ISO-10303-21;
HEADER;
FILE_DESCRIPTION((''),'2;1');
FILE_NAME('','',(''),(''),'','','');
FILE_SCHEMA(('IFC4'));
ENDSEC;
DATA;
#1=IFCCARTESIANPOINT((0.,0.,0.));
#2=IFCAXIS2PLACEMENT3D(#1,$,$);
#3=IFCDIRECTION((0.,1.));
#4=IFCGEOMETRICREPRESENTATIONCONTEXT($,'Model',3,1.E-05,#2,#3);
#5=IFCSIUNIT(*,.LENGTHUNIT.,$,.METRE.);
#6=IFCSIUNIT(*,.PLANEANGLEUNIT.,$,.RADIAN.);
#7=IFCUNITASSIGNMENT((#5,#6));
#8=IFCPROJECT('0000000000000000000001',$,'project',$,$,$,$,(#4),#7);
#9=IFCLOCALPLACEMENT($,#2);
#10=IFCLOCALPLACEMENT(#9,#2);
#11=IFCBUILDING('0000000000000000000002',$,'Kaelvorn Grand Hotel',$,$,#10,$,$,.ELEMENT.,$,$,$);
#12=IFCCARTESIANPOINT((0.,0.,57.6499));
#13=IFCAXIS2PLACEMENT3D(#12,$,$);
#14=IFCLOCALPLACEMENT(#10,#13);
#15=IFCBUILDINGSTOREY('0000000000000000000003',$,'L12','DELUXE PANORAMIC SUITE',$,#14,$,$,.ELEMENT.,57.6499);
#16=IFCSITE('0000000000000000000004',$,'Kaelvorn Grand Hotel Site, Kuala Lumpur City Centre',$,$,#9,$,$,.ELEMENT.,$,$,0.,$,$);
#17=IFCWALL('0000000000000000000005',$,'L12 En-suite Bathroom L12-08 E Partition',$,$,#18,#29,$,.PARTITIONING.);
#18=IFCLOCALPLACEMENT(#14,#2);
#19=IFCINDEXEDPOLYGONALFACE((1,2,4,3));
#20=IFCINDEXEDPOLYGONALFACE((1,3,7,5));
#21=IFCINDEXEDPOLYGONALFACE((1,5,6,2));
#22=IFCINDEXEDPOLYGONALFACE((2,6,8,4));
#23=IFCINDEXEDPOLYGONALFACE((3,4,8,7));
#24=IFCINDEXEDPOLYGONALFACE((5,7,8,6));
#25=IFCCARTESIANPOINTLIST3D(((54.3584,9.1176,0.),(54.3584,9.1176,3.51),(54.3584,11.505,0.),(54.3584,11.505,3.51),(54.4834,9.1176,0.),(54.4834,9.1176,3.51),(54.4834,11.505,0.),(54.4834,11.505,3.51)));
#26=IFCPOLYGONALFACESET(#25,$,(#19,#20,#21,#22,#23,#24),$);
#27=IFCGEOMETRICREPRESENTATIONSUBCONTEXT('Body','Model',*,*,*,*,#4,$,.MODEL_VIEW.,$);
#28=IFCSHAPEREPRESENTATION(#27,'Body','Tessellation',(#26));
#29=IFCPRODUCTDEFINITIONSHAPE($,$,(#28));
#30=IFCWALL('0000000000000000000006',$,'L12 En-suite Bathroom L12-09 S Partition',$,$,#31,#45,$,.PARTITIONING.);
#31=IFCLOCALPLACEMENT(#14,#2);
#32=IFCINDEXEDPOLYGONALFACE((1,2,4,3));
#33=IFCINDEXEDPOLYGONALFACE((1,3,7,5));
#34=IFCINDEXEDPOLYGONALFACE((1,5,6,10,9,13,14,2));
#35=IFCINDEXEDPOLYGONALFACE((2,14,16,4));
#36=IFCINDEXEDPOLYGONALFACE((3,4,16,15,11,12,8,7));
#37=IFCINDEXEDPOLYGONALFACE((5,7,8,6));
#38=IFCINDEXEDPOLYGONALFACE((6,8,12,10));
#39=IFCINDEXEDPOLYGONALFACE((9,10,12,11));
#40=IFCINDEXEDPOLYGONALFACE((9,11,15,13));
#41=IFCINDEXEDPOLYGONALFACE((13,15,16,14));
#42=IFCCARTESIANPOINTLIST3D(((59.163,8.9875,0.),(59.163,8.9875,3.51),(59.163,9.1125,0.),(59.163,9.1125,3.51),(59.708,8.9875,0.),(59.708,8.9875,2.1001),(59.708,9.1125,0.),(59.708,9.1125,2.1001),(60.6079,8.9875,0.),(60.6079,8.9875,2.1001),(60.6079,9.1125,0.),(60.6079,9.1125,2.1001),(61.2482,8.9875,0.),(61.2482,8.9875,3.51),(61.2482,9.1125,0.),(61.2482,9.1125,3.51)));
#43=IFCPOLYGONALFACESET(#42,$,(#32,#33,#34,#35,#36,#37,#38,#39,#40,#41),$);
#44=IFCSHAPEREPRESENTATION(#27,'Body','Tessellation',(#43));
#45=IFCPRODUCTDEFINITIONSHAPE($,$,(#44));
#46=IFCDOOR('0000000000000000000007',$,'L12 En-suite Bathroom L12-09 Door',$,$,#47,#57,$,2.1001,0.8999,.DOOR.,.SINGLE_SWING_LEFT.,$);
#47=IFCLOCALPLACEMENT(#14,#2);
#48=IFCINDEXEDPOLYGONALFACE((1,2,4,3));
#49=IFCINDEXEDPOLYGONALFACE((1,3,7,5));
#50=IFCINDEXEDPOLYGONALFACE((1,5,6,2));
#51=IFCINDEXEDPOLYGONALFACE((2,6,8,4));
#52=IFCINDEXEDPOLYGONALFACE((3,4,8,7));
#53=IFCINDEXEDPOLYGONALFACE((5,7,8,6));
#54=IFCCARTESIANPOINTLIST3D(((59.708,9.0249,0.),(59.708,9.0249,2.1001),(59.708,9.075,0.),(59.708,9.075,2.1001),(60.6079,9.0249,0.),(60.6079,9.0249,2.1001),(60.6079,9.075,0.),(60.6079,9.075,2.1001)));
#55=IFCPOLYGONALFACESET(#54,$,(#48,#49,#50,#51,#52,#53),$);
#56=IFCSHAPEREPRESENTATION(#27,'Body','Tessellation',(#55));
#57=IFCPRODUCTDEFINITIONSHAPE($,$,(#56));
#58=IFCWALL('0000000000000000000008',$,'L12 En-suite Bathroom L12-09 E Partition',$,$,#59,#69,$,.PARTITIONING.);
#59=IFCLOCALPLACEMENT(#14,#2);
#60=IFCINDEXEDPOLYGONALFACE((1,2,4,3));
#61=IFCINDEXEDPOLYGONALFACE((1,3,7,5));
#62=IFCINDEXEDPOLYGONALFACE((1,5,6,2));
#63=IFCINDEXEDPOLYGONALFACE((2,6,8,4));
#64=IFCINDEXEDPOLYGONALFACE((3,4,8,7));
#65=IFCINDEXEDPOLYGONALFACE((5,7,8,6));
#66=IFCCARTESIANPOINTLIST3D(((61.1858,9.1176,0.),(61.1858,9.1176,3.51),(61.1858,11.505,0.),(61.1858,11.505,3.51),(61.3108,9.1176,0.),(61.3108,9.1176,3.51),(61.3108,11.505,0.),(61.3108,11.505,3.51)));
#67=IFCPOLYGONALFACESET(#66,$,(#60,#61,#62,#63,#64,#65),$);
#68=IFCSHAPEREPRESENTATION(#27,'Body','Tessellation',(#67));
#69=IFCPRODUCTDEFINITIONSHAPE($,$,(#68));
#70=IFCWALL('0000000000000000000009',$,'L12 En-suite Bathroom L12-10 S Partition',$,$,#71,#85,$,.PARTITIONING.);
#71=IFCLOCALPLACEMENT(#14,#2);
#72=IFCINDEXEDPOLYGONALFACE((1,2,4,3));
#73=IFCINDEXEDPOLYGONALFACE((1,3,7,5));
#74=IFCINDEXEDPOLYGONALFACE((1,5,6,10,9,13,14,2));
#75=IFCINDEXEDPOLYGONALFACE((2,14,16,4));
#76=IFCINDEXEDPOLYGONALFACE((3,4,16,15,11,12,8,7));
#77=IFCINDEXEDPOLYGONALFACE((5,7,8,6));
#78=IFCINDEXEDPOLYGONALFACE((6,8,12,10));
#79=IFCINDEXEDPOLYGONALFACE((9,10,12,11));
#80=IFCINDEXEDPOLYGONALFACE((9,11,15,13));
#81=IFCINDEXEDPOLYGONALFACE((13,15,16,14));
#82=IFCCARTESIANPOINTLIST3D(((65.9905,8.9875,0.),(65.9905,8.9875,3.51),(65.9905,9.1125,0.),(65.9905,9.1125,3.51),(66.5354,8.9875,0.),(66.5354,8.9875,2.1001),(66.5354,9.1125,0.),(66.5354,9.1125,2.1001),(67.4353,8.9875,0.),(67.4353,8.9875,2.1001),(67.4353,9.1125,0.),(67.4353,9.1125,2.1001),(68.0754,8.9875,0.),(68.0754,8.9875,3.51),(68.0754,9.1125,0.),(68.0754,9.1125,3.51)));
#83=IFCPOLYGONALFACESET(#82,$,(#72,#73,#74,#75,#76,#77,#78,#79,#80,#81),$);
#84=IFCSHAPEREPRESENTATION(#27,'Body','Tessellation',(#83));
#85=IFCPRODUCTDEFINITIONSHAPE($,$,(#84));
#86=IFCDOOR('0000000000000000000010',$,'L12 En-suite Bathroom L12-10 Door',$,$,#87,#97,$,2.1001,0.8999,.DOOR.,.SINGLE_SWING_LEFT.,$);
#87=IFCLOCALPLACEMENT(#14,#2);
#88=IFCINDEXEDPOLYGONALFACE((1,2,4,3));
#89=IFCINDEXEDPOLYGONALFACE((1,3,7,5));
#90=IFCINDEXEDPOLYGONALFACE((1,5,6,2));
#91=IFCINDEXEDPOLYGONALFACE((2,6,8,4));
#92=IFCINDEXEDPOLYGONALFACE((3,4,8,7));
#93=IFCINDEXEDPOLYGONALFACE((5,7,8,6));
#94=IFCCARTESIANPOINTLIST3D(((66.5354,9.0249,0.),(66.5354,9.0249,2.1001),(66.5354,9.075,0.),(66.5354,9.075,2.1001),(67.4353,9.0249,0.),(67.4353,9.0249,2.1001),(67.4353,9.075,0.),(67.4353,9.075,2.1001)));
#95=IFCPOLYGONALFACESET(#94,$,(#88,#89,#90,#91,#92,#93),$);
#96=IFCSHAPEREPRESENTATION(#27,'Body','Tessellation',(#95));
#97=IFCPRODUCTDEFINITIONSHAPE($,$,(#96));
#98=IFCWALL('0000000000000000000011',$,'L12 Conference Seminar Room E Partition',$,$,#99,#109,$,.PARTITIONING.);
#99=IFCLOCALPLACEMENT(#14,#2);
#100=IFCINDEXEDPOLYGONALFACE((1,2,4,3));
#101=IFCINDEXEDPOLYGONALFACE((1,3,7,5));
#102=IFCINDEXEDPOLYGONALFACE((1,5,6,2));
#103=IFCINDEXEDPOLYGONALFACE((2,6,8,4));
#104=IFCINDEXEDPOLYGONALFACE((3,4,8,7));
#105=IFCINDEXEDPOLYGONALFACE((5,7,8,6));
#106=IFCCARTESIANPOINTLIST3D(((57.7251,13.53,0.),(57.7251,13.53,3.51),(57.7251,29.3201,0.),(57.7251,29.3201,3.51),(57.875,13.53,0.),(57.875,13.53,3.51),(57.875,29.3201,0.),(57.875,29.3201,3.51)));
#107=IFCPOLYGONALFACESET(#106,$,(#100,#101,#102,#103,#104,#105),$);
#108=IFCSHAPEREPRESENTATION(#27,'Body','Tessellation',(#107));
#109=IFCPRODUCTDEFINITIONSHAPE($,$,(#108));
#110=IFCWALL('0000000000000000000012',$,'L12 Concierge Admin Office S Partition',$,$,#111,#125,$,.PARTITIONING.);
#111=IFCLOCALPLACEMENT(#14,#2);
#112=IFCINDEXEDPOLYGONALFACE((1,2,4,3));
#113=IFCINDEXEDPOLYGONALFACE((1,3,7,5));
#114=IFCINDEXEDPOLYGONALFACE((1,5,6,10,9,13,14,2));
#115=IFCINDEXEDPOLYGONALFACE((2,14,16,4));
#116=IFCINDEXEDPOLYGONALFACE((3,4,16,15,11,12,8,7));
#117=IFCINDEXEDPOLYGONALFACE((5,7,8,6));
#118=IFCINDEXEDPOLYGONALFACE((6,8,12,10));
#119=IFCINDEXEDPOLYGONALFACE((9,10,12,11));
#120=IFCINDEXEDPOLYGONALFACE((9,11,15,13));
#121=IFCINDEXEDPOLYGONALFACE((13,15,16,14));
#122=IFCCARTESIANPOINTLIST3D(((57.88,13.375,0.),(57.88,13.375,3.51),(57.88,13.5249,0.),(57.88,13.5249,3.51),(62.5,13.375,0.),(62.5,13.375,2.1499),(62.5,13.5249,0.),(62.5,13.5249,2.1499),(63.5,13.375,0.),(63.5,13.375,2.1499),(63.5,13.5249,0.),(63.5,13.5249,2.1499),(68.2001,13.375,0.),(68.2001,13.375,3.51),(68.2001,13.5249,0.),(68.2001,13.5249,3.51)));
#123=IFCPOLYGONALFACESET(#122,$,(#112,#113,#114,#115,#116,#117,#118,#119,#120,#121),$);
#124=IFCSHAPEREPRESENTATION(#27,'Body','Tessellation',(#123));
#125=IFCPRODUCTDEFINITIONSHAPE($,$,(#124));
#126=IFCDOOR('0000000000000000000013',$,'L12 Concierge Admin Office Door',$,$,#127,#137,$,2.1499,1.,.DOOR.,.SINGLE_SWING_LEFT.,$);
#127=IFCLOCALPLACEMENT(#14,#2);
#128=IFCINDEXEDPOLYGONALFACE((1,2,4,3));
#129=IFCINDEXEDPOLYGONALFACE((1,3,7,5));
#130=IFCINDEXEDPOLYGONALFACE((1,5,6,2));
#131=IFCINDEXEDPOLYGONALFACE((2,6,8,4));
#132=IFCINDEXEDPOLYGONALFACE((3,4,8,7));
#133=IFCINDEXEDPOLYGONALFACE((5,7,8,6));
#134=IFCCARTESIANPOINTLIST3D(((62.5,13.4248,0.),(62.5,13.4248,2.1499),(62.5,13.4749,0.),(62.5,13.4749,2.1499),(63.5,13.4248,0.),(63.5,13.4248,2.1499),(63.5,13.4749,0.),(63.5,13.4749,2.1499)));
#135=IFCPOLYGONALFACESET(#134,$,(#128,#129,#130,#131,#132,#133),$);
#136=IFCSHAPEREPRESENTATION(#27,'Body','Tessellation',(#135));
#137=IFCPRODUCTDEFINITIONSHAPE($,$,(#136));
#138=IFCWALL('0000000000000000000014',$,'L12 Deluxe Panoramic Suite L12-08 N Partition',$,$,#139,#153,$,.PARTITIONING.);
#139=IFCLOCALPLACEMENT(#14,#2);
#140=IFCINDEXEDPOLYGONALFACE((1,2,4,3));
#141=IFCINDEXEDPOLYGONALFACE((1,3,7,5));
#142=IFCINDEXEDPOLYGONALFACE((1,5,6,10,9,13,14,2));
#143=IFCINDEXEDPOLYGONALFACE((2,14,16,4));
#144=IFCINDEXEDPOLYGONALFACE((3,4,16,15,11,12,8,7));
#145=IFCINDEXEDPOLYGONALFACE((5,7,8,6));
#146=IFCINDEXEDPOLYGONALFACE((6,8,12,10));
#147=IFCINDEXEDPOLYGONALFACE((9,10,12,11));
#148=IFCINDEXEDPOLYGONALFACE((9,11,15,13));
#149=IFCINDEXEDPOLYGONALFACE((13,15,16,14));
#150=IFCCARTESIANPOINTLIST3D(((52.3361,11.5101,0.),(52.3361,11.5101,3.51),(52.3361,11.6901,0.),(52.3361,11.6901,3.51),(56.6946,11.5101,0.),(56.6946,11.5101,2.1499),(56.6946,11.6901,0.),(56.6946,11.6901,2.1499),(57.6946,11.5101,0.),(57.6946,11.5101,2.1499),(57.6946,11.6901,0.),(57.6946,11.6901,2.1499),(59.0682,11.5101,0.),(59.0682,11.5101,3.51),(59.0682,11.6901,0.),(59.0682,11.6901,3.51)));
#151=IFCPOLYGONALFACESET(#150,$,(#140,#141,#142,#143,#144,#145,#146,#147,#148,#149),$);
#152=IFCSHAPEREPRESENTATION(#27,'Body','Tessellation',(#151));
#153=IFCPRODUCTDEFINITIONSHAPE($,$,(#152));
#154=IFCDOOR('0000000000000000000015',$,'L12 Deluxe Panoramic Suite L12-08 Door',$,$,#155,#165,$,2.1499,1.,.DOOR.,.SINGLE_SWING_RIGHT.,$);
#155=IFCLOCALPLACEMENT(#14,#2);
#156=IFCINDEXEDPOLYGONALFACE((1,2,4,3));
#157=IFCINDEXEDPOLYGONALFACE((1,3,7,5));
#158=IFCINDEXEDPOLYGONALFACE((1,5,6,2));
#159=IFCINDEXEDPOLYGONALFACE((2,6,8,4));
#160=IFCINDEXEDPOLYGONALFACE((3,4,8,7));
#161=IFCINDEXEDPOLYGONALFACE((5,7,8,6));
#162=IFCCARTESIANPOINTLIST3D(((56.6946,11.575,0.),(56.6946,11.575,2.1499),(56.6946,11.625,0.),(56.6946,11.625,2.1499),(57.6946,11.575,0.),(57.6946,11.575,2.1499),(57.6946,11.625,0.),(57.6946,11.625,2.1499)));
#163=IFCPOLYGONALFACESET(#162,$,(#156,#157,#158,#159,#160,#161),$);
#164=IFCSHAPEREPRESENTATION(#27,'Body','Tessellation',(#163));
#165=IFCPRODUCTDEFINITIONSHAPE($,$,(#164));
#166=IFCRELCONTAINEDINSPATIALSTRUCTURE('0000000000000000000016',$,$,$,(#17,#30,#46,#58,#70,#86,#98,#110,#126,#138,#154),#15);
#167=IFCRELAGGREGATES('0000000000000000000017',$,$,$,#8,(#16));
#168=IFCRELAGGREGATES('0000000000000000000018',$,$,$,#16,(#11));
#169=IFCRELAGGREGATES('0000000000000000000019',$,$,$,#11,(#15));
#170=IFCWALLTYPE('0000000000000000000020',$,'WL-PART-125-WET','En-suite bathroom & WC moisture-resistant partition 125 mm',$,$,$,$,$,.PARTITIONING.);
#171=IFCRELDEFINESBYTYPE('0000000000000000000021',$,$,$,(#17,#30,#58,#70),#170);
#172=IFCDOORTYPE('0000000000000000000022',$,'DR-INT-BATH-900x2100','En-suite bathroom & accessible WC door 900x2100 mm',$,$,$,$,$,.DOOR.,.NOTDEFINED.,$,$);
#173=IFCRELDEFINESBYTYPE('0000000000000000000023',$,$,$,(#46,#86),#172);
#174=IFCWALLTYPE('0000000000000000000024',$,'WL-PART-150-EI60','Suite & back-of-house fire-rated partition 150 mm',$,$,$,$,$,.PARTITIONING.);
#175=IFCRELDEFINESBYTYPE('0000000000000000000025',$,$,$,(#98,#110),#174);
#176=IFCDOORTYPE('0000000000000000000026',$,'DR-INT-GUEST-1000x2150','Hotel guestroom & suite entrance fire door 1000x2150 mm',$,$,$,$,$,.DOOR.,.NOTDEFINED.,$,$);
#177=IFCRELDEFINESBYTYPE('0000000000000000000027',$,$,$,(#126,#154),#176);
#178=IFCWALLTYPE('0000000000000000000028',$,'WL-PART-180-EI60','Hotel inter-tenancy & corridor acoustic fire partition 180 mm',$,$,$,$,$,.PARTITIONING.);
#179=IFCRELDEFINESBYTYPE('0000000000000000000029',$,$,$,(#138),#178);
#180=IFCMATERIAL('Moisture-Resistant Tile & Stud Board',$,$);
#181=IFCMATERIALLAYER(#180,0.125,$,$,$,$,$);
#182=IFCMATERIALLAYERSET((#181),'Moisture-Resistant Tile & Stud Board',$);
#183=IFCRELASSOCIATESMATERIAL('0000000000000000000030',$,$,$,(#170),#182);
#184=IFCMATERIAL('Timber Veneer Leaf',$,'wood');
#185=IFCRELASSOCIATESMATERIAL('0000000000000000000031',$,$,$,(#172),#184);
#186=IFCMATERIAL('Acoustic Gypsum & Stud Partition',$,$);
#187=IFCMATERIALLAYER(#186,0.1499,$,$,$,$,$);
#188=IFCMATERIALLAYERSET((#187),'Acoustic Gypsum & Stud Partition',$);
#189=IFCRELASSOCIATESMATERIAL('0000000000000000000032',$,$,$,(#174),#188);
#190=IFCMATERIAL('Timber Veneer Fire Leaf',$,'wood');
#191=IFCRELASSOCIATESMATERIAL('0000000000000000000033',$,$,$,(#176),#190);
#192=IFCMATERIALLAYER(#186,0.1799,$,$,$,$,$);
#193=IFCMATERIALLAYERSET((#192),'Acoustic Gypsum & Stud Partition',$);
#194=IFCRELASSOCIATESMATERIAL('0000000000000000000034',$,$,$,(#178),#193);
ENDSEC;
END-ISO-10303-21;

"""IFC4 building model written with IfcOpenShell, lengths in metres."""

from ifc_helpers import new_model, si_unit, direction, frame, frame_2d, origin, place, context, subcontext, project, spatial, rectangle, extrude, material, layer, layer_set, type_object, element, fill, save


model = new_model("IFC4")

# Units and contexts
model_context = context("Model", 3, precision=1e-05, world=origin(), true_north=direction((0.0, 1.0)))
body_context = subcontext(model_context, "Body", "Model", "MODEL_VIEW")
ifc_project = project(units=[si_unit("LENGTHUNIT", "METRE"), si_unit("PLANEANGLEUNIT", "RADIAN")], contexts=[model_context])

# Site, building, storey
site_placement = place(None, origin())
site = spatial("IfcSite", under=ifc_project, at=site_placement, Name="Kaelvorn Grand Hotel Site, Kuala Lumpur City Centre", CompositionType="ELEMENT", RefElevation=0.0)
building_placement = place(site_placement, origin())
building = spatial("IfcBuilding", under=site, at=building_placement, Name="Kaelvorn Grand Hotel", CompositionType="ELEMENT")
storey_placement = place(building_placement, frame((0.0, 0.0, 57.6499)))
storey = spatial("IfcBuildingStorey", under=building, at=storey_placement, Name="L12", Description="DELUXE PANORAMIC SUITE", CompositionType="ELEMENT", Elevation=57.6499)

# Wall
ifc_material_1 = material(Name="Moisture-Resistant Tile & Stud Board")
ifc_layer_1 = layer(ifc_material_1, 0.125)
ifc_layer_set_1 = layer_set([ifc_layer_1], Name="Moisture-Resistant Tile & Stud Board")
wall_type_1 = type_object("IfcWallType", Name="WL-PART-125-WET", Description="En-suite bathroom & WC moisture-resistant partition 125 mm", PredefinedType="PARTITIONING", material=ifc_layer_set_1)
wall_1_placement = place(storey_placement, frame((54.4209, 9.1174, 0.0), z_axis=(0.0, 0.0, 1.0), x_axis=(0.0, 1.0, 0.0)))
element("IfcWall", 1, at=wall_1_placement, inside=storey, type_object=wall_type_1, Name="L12 En-suite Bathroom L12-08 E Partition", PredefinedType="PARTITIONING", context=body_context, shape_type="SweptSolid", body=[
    extrude(rectangle(XDim=2.3875, YDim=0.125, at=frame_2d((1.1938, 0.0))), origin(), (0.0, 0.0, 1.0), 3.51),
])

# Wall, opening, door
wall_2_placement = place(storey_placement, frame((59.1631, 9.05, 0.0), z_axis=(0.0, 0.0, 1.0), x_axis=(1.0, 0.0, 0.0)))
wall_2 = element("IfcWall", 2, at=wall_2_placement, inside=storey, type_object=wall_type_1, Name="L12 En-suite Bathroom L12-09 S Partition", PredefinedType="PARTITIONING", context=body_context, shape_type="SweptSolid", body=[
    extrude(rectangle(XDim=2.0852, YDim=0.125, at=frame_2d((1.0425, 0.0))), origin(), (0.0, 0.0, 1.0), 3.51),
])
opening_1_placement = place(wall_2_placement, frame((0.5449, 0.0, 0.0)))
opening_1 = element("IfcOpeningElement", 3, at=opening_1_placement, cuts=wall_2, PredefinedType="OPENING", context=body_context, shape_type="SweptSolid", body=[
    extrude(rectangle(XDim=0.8999, YDim=2.1001, at=frame_2d((0.45, 1.05))), frame((0.0, 0.0725, 0.0), z_axis=(0.0, -1.0, 0.0), x_axis=(1.0, 0.0, 0.0)), (0.0, 0.0, 1.0), 0.145),
])
ifc_material_2 = material(Name="Timber Veneer Leaf", Category="wood")
door_type_1 = type_object("IfcDoorType", Name="DR-INT-BATH-900x2100", Description="En-suite bathroom & accessible WC door 900x2100 mm", OperationType="NOTDEFINED", PredefinedType="DOOR", material=ifc_material_2)
door_1_placement = place(opening_1_placement, origin())
door_1 = element("IfcDoor", 4, at=door_1_placement, inside=storey, type_object=door_type_1, Name="L12 En-suite Bathroom L12-09 Door", OperationType="SINGLE_SWING_LEFT", OverallHeight=2.1001, OverallWidth=0.8999, PredefinedType="DOOR", context=body_context, shape_type="SweptSolid", body=[
    extrude(rectangle(XDim=0.8999, YDim=2.1001, at=frame_2d((0.45, 1.05))), frame((0.0, 0.0249, 0.0), z_axis=(0.0, -1.0, 0.0), x_axis=(1.0, 0.0, 0.0)), (0.0, 0.0, 1.0), 0.05),
])
fill(opening_1, door_1)

# Wall
wall_3_placement = place(storey_placement, frame((61.2483, 9.1174, 0.0), z_axis=(0.0, 0.0, 1.0), x_axis=(0.0, 1.0, 0.0)))
element("IfcWall", 5, at=wall_3_placement, inside=storey, type_object=wall_type_1, Name="L12 En-suite Bathroom L12-09 E Partition", PredefinedType="PARTITIONING", context=body_context, shape_type="SweptSolid", body=[
    extrude(rectangle(XDim=2.3875, YDim=0.125, at=frame_2d((1.1938, 0.0))), origin(), (0.0, 0.0, 1.0), 3.51),
])

# Wall, opening, door
wall_4_placement = place(storey_placement, frame((65.9905, 9.05, 0.0), z_axis=(0.0, 0.0, 1.0), x_axis=(1.0, 0.0, 0.0)))
wall_4 = element("IfcWall", 6, at=wall_4_placement, inside=storey, type_object=wall_type_1, Name="L12 En-suite Bathroom L12-10 S Partition", PredefinedType="PARTITIONING", context=body_context, shape_type="SweptSolid", body=[
    extrude(rectangle(XDim=2.085, YDim=0.125, at=frame_2d((1.0425, 0.0))), origin(), (0.0, 0.0, 1.0), 3.51),
])
opening_2_placement = place(wall_4_placement, frame((0.5449, 0.0, 0.0)))
opening_2 = element("IfcOpeningElement", 7, at=opening_2_placement, cuts=wall_4, PredefinedType="OPENING", context=body_context, shape_type="SweptSolid", body=[
    extrude(rectangle(XDim=0.8999, YDim=2.1001, at=frame_2d((0.45, 1.05))), frame((0.0, 0.0725, 0.0), z_axis=(0.0, -1.0, 0.0), x_axis=(1.0, 0.0, 0.0)), (0.0, 0.0, 1.0), 0.145),
])
door_2_placement = place(opening_2_placement, origin())
door_2 = element("IfcDoor", 8, at=door_2_placement, inside=storey, type_object=door_type_1, Name="L12 En-suite Bathroom L12-10 Door", OperationType="SINGLE_SWING_LEFT", OverallHeight=2.1001, OverallWidth=0.8999, PredefinedType="DOOR", context=body_context, shape_type="SweptSolid", body=[
    extrude(rectangle(XDim=0.8999, YDim=2.1001, at=frame_2d((0.45, 1.05))), frame((0.0, 0.0249, 0.0), z_axis=(0.0, -1.0, 0.0), x_axis=(1.0, 0.0, 0.0)), (0.0, 0.0, 1.0), 0.05),
])
fill(opening_2, door_2)

# Wall
ifc_material_3 = material(Name="Acoustic Gypsum & Stud Partition")
ifc_layer_2 = layer(ifc_material_3, 0.1499)
ifc_layer_set_2 = layer_set([ifc_layer_2], Name="Acoustic Gypsum & Stud Partition")
wall_type_2 = type_object("IfcWallType", Name="WL-PART-150-EI60", Description="Suite & back-of-house fire-rated partition 150 mm", PredefinedType="PARTITIONING", material=ifc_layer_set_2)
wall_5_placement = place(storey_placement, frame((57.8, 13.53, 0.0), z_axis=(0.0, 0.0, 1.0), x_axis=(0.0, 1.0, 0.0)))
element("IfcWall", 9, at=wall_5_placement, inside=storey, type_object=wall_type_2, Name="L12 Conference Seminar Room E Partition", PredefinedType="PARTITIONING", context=body_context, shape_type="SweptSolid", body=[
    extrude(rectangle(XDim=15.79, YDim=0.1499, at=frame_2d((7.895, 0.0))), origin(), (0.0, 0.0, 1.0), 3.51),
])

# Walls, openings, doors
wall_6_placement = place(storey_placement, frame((57.8799, 13.45, 0.0), z_axis=(0.0, 0.0, 1.0), x_axis=(1.0, 0.0, 0.0)))
wall_6 = element("IfcWall", 10, at=wall_6_placement, inside=storey, type_object=wall_type_2, Name="L12 Concierge Admin Office S Partition", PredefinedType="PARTITIONING", context=body_context, shape_type="SweptSolid", body=[
    extrude(rectangle(XDim=10.3201, YDim=0.1499, at=frame_2d((5.1602, 0.0))), origin(), (0.0, 0.0, 1.0), 3.51),
])
opening_3_placement = place(wall_6_placement, frame((4.6201, 0.0, 0.0)))
opening_3 = element("IfcOpeningElement", 11, at=opening_3_placement, cuts=wall_6, PredefinedType="OPENING", context=body_context, shape_type="SweptSolid", body=[
    extrude(rectangle(XDim=1.0, YDim=2.1499, at=frame_2d((0.5, 1.075))), frame((0.0, 0.085, 0.0), z_axis=(0.0, -1.0, 0.0), x_axis=(1.0, 0.0, 0.0)), (0.0, 0.0, 1.0), 0.1699),
])
ifc_material_4 = material(Name="Timber Veneer Fire Leaf", Category="wood")
door_type_2 = type_object("IfcDoorType", Name="DR-INT-GUEST-1000x2150", Description="Hotel guestroom & suite entrance fire door 1000x2150 mm", OperationType="NOTDEFINED", PredefinedType="DOOR", material=ifc_material_4)
door_3_placement = place(opening_3_placement, origin())
door_3 = element("IfcDoor", 12, at=door_3_placement, inside=storey, type_object=door_type_2, Name="L12 Concierge Admin Office Door", OperationType="SINGLE_SWING_LEFT", OverallHeight=2.1499, OverallWidth=1.0, PredefinedType="DOOR", context=body_context, shape_type="SweptSolid", body=[
    extrude(rectangle(XDim=1.0, YDim=2.1499, at=frame_2d((0.5, 1.075))), frame((0.0, 0.0249, 0.0), z_axis=(0.0, -1.0, 0.0), x_axis=(1.0, 0.0, 0.0)), (0.0, 0.0, 1.0), 0.05),
])
fill(opening_3, door_3)
ifc_layer_3 = layer(ifc_material_3, 0.1799)
ifc_layer_set_3 = layer_set([ifc_layer_3], Name="Acoustic Gypsum & Stud Partition")
wall_type_3 = type_object("IfcWallType", Name="WL-PART-180-EI60", Description="Hotel inter-tenancy & corridor acoustic fire partition 180 mm", PredefinedType="PARTITIONING", material=ifc_layer_set_3)
wall_7_placement = place(storey_placement, frame((52.3359, 11.6001, 0.0), z_axis=(0.0, 0.0, 1.0), x_axis=(1.0, 0.0, 0.0)))
wall_7 = element("IfcWall", 13, at=wall_7_placement, inside=storey, type_object=wall_type_3, Name="L12 Deluxe Panoramic Suite L12-08 N Partition", PredefinedType="PARTITIONING", context=body_context, shape_type="SweptSolid", body=[
    extrude(rectangle(XDim=6.7322, YDim=0.1799, at=frame_2d((3.3662, 0.0))), origin(), (0.0, 0.0, 1.0), 3.51),
])
opening_4_placement = place(wall_7_placement, frame((4.3586, 0.0, 0.0)))
opening_4 = element("IfcOpeningElement", 14, at=opening_4_placement, cuts=wall_7, PredefinedType="OPENING", context=body_context, shape_type="SweptSolid", body=[
    extrude(rectangle(XDim=1.0, YDim=2.1499, at=frame_2d((0.5, 1.075))), frame((0.0, 0.1001, 0.0), z_axis=(0.0, -1.0, 0.0), x_axis=(1.0, 0.0, 0.0)), (0.0, 0.0, 1.0), 0.2),
])
door_4_placement = place(opening_4_placement, origin())
door_4 = element("IfcDoor", 15, at=door_4_placement, inside=storey, type_object=door_type_2, Name="L12 Deluxe Panoramic Suite L12-08 Door", OperationType="SINGLE_SWING_RIGHT", OverallHeight=2.1499, OverallWidth=1.0, PredefinedType="DOOR", context=body_context, shape_type="SweptSolid", body=[
    extrude(rectangle(XDim=1.0, YDim=2.1499, at=frame_2d((0.5, 1.075))), frame((0.0, 0.0249, 0.0), z_axis=(0.0, -1.0, 0.0), x_axis=(1.0, 0.0, 0.0)), (0.0, 0.0, 1.0), 0.05),
])
fill(opening_4, door_4)

save(model, "model.ifc")
